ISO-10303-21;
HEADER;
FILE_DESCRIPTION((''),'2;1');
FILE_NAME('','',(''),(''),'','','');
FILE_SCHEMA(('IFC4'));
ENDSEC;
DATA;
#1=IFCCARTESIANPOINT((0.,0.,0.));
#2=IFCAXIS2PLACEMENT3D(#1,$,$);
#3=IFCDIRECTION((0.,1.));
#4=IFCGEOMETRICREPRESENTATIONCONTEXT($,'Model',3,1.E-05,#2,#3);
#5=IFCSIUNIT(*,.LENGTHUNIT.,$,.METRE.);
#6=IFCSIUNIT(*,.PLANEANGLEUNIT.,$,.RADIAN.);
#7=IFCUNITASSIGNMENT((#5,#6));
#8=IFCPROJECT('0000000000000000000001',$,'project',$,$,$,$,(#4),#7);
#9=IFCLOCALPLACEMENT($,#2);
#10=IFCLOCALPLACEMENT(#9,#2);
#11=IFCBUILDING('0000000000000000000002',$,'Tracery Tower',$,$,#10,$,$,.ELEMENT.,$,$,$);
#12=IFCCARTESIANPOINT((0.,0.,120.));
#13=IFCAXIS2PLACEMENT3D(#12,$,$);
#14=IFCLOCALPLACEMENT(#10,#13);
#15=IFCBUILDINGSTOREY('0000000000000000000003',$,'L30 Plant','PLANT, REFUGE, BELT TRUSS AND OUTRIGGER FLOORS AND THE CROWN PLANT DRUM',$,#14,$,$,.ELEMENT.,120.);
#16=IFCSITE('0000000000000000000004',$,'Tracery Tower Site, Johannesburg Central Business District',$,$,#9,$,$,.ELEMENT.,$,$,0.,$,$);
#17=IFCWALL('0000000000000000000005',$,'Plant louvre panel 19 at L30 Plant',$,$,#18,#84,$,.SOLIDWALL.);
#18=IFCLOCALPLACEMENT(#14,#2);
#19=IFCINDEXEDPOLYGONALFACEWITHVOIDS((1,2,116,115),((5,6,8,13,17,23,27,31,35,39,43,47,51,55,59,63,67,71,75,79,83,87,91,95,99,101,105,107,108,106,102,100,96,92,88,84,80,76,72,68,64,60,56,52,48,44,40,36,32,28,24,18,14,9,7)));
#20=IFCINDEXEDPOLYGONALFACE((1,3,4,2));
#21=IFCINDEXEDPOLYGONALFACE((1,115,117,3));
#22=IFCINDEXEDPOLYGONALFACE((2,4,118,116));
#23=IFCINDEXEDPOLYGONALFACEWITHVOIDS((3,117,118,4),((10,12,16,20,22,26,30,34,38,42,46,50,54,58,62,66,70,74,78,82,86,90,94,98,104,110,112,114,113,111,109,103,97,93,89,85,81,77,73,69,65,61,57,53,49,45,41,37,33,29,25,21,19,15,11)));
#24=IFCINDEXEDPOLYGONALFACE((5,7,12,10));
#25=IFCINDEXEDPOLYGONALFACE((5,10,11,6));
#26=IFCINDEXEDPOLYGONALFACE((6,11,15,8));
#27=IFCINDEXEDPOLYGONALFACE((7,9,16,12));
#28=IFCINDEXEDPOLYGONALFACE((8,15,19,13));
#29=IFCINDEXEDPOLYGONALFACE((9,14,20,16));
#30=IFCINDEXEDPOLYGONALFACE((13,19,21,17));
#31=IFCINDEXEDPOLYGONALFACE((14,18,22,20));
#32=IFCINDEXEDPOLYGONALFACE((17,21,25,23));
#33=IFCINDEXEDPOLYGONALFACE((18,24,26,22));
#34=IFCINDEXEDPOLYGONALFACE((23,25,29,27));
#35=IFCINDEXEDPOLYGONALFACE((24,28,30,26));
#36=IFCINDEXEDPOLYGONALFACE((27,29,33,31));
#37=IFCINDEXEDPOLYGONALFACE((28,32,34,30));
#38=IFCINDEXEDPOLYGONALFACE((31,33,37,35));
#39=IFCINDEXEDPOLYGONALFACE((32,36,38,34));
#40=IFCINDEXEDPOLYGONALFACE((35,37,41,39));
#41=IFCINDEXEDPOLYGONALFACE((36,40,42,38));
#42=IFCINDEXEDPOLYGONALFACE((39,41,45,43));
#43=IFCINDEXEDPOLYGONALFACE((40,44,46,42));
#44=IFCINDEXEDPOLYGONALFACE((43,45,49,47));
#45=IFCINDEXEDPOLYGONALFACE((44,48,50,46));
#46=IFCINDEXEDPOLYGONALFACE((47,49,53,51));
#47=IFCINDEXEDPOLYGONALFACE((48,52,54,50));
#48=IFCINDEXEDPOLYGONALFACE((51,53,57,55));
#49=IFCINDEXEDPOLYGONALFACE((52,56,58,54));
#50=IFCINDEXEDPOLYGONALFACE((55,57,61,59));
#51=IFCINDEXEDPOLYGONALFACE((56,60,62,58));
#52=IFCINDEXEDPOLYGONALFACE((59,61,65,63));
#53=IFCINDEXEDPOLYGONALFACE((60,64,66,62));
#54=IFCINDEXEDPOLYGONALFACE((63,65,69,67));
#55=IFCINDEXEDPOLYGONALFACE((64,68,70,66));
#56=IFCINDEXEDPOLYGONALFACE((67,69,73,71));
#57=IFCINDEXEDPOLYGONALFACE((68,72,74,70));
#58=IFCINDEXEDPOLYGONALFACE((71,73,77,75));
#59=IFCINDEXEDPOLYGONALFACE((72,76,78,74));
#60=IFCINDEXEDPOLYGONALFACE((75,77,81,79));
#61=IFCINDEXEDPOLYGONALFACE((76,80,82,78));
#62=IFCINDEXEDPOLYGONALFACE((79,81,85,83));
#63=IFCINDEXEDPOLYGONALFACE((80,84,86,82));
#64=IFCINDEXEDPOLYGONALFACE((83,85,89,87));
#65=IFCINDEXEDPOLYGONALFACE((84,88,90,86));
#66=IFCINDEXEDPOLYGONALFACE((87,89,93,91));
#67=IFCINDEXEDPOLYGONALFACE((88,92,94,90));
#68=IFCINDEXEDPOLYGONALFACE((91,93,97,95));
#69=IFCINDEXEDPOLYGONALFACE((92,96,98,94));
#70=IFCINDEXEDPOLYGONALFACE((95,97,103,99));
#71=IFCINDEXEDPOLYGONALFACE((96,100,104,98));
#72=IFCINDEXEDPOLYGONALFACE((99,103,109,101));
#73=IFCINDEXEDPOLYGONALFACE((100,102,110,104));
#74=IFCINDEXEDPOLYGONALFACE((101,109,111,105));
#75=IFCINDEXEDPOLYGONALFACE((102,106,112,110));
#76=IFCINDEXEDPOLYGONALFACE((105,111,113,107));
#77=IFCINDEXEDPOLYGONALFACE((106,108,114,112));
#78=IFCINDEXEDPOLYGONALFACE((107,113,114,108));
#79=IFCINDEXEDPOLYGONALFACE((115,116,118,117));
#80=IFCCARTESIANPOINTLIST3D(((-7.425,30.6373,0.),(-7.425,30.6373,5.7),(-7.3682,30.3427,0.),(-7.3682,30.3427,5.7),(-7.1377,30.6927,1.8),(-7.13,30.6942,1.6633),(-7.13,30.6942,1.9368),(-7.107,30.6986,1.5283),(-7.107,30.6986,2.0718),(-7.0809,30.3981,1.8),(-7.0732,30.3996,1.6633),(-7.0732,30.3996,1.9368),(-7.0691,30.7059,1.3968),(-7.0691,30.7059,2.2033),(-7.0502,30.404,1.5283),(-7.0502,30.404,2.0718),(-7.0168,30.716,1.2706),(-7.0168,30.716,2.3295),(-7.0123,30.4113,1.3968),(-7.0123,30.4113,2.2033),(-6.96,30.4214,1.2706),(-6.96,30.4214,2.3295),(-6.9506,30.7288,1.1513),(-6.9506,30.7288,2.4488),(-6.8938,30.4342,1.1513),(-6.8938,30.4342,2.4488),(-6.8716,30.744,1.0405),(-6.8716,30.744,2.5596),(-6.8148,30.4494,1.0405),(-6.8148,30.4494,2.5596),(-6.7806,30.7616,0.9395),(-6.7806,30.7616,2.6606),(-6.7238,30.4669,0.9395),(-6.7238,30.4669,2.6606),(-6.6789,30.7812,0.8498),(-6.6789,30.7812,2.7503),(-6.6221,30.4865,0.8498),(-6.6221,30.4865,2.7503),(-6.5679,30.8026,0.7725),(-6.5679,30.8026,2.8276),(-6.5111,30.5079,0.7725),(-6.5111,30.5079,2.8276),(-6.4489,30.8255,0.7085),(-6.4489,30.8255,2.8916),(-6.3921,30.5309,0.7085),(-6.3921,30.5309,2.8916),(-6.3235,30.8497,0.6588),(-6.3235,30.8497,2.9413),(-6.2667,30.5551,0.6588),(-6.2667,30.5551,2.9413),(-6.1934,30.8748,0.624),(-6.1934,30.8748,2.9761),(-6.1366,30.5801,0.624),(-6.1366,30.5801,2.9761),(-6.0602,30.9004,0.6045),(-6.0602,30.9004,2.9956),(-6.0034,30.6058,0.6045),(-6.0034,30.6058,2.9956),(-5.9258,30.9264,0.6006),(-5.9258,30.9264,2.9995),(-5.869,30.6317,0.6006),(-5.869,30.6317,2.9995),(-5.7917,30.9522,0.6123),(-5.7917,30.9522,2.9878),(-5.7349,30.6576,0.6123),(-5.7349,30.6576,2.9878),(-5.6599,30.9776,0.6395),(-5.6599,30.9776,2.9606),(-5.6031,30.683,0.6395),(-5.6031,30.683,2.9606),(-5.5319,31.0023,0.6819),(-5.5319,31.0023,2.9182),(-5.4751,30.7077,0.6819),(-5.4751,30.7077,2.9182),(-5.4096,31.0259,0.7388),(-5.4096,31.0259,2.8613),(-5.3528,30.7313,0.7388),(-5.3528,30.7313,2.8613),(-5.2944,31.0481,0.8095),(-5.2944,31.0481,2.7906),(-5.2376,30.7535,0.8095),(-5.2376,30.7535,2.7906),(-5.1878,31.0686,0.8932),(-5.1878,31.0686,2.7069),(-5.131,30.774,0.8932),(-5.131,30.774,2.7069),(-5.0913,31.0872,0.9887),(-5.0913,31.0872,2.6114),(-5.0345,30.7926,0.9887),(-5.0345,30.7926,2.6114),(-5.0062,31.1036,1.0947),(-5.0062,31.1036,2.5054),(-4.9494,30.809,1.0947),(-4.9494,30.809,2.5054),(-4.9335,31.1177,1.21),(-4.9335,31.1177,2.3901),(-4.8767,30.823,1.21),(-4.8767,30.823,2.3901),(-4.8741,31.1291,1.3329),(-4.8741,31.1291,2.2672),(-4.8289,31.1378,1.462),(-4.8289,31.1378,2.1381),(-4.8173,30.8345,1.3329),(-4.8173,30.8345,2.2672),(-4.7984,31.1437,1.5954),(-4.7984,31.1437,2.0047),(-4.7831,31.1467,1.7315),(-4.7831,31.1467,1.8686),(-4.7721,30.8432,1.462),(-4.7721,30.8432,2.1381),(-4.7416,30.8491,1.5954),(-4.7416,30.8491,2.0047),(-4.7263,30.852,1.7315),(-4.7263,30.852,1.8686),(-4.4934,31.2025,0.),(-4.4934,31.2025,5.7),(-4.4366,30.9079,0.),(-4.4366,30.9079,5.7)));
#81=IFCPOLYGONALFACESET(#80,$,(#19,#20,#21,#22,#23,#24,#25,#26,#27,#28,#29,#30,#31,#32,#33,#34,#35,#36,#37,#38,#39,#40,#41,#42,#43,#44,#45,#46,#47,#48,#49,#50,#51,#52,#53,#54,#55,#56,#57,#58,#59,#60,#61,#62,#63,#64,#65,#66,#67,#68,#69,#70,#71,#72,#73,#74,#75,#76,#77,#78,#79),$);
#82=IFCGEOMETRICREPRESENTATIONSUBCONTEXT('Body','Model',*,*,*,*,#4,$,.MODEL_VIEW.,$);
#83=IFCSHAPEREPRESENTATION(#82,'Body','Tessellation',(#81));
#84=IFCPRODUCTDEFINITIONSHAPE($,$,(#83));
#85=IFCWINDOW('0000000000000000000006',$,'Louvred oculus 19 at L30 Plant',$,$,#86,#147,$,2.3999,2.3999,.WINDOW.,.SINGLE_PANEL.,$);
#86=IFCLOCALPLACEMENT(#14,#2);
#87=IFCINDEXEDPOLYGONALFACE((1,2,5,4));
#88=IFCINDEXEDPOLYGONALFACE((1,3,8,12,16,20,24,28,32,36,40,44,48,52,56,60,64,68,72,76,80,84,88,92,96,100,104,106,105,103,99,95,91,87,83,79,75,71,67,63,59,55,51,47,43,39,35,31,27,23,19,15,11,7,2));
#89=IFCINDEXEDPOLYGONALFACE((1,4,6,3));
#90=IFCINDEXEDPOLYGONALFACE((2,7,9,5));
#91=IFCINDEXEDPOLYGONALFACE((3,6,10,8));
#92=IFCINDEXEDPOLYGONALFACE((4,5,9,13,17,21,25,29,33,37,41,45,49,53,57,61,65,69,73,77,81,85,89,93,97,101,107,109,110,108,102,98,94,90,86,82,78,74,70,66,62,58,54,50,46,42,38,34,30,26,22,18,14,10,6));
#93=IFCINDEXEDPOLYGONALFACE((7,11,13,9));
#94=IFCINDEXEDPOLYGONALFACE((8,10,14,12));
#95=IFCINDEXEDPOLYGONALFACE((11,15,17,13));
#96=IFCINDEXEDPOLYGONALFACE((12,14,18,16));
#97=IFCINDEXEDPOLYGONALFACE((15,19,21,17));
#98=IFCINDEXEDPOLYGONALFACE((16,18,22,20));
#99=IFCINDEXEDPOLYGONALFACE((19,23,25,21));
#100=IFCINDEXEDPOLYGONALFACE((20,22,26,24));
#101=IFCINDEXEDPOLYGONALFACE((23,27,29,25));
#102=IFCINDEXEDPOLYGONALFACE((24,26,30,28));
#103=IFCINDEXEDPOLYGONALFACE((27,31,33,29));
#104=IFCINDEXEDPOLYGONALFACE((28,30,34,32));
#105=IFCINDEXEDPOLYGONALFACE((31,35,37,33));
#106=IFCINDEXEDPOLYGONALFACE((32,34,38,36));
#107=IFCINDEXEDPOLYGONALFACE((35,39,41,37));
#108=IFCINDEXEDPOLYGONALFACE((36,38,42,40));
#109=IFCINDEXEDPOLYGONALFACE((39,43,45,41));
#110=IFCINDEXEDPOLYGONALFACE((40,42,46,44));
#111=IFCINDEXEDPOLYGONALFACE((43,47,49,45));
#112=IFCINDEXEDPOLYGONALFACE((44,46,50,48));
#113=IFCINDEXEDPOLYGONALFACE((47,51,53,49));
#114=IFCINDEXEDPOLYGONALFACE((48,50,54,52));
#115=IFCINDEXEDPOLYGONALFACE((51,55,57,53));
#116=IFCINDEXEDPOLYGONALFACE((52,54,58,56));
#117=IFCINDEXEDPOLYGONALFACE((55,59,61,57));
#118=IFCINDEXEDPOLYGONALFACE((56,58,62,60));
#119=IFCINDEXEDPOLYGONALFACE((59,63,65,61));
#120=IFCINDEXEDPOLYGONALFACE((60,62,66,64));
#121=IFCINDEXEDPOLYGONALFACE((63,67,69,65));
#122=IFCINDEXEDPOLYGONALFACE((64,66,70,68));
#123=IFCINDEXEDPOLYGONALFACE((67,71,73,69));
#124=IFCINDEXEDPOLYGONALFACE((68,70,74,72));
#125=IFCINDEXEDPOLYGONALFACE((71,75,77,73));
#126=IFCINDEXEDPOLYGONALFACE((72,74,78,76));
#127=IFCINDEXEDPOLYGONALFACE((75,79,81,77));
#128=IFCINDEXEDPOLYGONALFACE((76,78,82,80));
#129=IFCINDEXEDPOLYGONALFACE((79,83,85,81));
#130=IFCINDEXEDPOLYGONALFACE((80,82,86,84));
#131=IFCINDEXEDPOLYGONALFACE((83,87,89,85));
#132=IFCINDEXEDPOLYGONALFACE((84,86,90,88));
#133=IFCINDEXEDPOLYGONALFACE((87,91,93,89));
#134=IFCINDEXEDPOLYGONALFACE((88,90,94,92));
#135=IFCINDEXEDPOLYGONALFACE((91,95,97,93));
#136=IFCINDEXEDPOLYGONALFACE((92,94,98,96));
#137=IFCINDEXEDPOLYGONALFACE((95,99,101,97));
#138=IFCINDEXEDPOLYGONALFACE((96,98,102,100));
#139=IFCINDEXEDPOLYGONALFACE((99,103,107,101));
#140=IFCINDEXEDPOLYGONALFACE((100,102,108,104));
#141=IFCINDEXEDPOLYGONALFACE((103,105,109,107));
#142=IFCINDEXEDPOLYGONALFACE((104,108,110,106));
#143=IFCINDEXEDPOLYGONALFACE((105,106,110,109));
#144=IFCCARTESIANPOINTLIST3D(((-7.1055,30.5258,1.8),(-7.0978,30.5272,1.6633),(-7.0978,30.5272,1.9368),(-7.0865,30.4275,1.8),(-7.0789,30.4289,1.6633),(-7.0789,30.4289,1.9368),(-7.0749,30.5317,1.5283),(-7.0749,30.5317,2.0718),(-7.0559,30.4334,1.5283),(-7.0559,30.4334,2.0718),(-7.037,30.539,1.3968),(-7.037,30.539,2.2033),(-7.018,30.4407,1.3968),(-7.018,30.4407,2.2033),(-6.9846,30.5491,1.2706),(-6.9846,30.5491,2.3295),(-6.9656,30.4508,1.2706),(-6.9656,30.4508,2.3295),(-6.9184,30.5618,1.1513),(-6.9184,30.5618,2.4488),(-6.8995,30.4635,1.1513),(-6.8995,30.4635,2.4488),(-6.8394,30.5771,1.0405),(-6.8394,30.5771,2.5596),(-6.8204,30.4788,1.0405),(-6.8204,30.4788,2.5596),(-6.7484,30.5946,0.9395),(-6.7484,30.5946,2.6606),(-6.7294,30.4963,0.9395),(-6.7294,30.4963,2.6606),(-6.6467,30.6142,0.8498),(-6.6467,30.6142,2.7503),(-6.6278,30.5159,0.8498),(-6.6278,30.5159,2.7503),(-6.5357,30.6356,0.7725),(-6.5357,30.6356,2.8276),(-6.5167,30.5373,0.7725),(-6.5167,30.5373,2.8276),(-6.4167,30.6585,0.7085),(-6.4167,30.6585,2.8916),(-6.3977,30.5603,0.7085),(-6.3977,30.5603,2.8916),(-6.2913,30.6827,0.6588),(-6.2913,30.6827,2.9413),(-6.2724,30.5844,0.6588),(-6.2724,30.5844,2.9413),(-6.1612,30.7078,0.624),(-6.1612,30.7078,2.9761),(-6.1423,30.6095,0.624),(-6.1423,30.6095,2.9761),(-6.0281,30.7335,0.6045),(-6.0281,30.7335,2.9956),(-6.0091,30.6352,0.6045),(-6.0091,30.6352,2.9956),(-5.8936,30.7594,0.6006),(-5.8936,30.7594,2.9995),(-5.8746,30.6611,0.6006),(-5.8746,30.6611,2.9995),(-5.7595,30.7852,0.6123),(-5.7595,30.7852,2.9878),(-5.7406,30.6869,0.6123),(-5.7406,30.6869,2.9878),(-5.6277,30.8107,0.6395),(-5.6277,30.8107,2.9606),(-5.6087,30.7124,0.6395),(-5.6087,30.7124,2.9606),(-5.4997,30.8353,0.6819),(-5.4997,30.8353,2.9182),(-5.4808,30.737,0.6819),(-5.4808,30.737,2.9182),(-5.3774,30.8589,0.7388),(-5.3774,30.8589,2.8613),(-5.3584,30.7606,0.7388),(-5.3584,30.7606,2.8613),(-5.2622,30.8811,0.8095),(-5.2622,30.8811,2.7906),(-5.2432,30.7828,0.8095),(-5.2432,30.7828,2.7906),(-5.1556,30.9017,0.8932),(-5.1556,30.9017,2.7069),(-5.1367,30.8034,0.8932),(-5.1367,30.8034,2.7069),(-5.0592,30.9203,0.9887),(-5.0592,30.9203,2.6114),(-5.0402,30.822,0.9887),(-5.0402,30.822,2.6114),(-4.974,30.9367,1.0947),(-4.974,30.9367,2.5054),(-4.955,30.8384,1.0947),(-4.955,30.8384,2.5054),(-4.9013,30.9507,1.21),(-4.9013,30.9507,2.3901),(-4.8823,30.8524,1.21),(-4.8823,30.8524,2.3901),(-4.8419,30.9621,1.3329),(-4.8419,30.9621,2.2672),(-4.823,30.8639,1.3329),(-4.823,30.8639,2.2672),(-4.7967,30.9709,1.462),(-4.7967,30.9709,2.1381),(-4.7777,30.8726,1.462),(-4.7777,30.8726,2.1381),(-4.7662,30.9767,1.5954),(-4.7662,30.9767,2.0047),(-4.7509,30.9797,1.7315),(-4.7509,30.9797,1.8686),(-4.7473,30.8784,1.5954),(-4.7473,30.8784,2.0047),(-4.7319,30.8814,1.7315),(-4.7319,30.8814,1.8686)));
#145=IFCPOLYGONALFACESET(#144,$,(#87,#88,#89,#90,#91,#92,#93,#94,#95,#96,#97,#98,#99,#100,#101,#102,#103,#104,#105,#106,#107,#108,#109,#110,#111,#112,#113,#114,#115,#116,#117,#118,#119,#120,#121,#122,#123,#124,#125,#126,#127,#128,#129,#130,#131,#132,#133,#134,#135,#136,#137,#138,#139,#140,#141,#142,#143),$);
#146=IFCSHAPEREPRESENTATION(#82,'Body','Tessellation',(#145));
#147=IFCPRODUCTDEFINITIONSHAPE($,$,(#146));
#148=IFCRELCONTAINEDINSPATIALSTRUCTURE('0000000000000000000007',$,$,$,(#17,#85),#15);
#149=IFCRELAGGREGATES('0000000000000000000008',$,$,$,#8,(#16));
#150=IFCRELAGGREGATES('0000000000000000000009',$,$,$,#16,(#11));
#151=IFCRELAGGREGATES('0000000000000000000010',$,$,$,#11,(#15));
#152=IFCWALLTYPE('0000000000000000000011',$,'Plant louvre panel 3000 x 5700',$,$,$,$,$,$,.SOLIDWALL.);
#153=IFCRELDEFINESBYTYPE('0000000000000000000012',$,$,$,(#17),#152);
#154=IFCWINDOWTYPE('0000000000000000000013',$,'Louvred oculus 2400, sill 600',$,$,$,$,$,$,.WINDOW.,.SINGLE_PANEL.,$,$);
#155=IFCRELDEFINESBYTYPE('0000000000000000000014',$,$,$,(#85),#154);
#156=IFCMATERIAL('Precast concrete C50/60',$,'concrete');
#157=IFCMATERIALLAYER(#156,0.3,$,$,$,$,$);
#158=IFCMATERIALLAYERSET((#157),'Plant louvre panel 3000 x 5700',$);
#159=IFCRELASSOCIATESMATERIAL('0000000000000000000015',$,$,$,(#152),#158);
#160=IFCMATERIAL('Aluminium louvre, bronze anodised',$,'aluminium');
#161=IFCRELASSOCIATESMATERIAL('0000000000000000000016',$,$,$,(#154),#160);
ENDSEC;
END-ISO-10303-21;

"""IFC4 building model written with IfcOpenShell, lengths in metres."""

from ifc_helpers import new_model, si_unit, direction, frame, frame_2d, origin, origin_2d, place, context, subcontext, project, spatial, rectangle, circle, extrude, material, layer, layer_set, type_object, element, fill, save


model = new_model("IFC4")

# Units and contexts
model_context = context("Model", 3, precision=1e-05, world=origin(), true_north=direction((0.0, 1.0)))
body_context = subcontext(model_context, "Body", "Model", "MODEL_VIEW")
ifc_project = project(units=[si_unit("LENGTHUNIT", "METRE"), si_unit("PLANEANGLEUNIT", "RADIAN")], contexts=[model_context])

# Site, building, storey
site_placement = place(None, origin())
site = spatial("IfcSite", under=ifc_project, at=site_placement, Name="Tracery Tower Site, Johannesburg Central Business District", CompositionType="ELEMENT", RefElevation=0.0)
building_placement = place(site_placement, origin())
building = spatial("IfcBuilding", under=site, at=building_placement, Name="Tracery Tower", CompositionType="ELEMENT")
storey_placement = place(building_placement, frame((0.0, 0.0, 120.0)))
storey = spatial("IfcBuildingStorey", under=building, at=storey_placement, Name="L30 Plant", Description="PLANT, REFUGE, BELT TRUSS AND OUTRIGGER FLOORS AND THE CROWN PLANT DRUM", CompositionType="ELEMENT", Elevation=120.0)

# Wall, opening, window
ifc_material_1 = material(Name="Precast concrete C50/60", Category="concrete")
ifc_layer_1 = layer(ifc_material_1, 0.3)
ifc_layer_set_1 = layer_set([ifc_layer_1], Name="Plant louvre panel 3000 x 5700")
wall_type_1 = type_object("IfcWallType", Name="Plant louvre panel 3000 x 5700", PredefinedType="SOLIDWALL", material=ifc_layer_set_1)
ifc_material_2 = material(Name="Aluminium louvre, bronze anodised", Category="aluminium")
window_type = type_object("IfcWindowType", Name="Louvred oculus 2400, sill 600", PartitioningType="SINGLE_PANEL", PredefinedType="WINDOW", material=ifc_material_2)
wall_1_placement = place(storey_placement, frame((-4.4651, 31.0552, 0.0), z_axis=(0.0, 0.0, 1.0), x_axis=(-0.981919, -0.189302, 0.0)))
wall_1 = element("IfcWall", 1, at=wall_1_placement, inside=storey, type_object=wall_type_1, Name="Plant louvre panel 19 at L30 Plant", PredefinedType="SOLIDWALL", context=body_context, shape_type="SweptSolid", body=[
    extrude(rectangle(XDim=2.9856, YDim=0.3, at=frame_2d((1.4927, 0.0))), origin(), (0.0, 0.0, 1.0), 5.7),
])
opening_1_placement = place(wall_1_placement, frame((1.4929, 0.0, 1.8)))
opening_1 = element("IfcOpeningElement", 2, at=opening_1_placement, cuts=wall_1, PredefinedType="OPENING", context=body_context, shape_type="SweptSolid", body=[
    extrude(circle(Radius=1.2, at=origin_2d()), frame((0.0, 0.1599, 0.0), z_axis=(0.0, -1.0, 0.0), x_axis=(1.0, 0.0, 0.0)), (0.0, 0.0, 1.0), 0.3201),
])
window_1_placement = place(opening_1_placement, origin())
window_1 = element("IfcWindow", 3, at=window_1_placement, inside=storey, type_object=window_type, Name="Louvred oculus 19 at L30 Plant", OverallHeight=2.3999, OverallWidth=2.3999, PartitioningType="SINGLE_PANEL", PredefinedType="WINDOW", context=body_context, shape_type="SweptSolid", body=[
    extrude(circle(Radius=1.2, at=origin_2d()), frame((0.0, 0.1201, 0.0), z_axis=(0.0, -1.0, 0.0), x_axis=(1.0, 0.0, 0.0)), (0.0, 0.0, 1.0), 0.1001),
])
fill(opening_1, window_1)

save(model, "model.ifc")
